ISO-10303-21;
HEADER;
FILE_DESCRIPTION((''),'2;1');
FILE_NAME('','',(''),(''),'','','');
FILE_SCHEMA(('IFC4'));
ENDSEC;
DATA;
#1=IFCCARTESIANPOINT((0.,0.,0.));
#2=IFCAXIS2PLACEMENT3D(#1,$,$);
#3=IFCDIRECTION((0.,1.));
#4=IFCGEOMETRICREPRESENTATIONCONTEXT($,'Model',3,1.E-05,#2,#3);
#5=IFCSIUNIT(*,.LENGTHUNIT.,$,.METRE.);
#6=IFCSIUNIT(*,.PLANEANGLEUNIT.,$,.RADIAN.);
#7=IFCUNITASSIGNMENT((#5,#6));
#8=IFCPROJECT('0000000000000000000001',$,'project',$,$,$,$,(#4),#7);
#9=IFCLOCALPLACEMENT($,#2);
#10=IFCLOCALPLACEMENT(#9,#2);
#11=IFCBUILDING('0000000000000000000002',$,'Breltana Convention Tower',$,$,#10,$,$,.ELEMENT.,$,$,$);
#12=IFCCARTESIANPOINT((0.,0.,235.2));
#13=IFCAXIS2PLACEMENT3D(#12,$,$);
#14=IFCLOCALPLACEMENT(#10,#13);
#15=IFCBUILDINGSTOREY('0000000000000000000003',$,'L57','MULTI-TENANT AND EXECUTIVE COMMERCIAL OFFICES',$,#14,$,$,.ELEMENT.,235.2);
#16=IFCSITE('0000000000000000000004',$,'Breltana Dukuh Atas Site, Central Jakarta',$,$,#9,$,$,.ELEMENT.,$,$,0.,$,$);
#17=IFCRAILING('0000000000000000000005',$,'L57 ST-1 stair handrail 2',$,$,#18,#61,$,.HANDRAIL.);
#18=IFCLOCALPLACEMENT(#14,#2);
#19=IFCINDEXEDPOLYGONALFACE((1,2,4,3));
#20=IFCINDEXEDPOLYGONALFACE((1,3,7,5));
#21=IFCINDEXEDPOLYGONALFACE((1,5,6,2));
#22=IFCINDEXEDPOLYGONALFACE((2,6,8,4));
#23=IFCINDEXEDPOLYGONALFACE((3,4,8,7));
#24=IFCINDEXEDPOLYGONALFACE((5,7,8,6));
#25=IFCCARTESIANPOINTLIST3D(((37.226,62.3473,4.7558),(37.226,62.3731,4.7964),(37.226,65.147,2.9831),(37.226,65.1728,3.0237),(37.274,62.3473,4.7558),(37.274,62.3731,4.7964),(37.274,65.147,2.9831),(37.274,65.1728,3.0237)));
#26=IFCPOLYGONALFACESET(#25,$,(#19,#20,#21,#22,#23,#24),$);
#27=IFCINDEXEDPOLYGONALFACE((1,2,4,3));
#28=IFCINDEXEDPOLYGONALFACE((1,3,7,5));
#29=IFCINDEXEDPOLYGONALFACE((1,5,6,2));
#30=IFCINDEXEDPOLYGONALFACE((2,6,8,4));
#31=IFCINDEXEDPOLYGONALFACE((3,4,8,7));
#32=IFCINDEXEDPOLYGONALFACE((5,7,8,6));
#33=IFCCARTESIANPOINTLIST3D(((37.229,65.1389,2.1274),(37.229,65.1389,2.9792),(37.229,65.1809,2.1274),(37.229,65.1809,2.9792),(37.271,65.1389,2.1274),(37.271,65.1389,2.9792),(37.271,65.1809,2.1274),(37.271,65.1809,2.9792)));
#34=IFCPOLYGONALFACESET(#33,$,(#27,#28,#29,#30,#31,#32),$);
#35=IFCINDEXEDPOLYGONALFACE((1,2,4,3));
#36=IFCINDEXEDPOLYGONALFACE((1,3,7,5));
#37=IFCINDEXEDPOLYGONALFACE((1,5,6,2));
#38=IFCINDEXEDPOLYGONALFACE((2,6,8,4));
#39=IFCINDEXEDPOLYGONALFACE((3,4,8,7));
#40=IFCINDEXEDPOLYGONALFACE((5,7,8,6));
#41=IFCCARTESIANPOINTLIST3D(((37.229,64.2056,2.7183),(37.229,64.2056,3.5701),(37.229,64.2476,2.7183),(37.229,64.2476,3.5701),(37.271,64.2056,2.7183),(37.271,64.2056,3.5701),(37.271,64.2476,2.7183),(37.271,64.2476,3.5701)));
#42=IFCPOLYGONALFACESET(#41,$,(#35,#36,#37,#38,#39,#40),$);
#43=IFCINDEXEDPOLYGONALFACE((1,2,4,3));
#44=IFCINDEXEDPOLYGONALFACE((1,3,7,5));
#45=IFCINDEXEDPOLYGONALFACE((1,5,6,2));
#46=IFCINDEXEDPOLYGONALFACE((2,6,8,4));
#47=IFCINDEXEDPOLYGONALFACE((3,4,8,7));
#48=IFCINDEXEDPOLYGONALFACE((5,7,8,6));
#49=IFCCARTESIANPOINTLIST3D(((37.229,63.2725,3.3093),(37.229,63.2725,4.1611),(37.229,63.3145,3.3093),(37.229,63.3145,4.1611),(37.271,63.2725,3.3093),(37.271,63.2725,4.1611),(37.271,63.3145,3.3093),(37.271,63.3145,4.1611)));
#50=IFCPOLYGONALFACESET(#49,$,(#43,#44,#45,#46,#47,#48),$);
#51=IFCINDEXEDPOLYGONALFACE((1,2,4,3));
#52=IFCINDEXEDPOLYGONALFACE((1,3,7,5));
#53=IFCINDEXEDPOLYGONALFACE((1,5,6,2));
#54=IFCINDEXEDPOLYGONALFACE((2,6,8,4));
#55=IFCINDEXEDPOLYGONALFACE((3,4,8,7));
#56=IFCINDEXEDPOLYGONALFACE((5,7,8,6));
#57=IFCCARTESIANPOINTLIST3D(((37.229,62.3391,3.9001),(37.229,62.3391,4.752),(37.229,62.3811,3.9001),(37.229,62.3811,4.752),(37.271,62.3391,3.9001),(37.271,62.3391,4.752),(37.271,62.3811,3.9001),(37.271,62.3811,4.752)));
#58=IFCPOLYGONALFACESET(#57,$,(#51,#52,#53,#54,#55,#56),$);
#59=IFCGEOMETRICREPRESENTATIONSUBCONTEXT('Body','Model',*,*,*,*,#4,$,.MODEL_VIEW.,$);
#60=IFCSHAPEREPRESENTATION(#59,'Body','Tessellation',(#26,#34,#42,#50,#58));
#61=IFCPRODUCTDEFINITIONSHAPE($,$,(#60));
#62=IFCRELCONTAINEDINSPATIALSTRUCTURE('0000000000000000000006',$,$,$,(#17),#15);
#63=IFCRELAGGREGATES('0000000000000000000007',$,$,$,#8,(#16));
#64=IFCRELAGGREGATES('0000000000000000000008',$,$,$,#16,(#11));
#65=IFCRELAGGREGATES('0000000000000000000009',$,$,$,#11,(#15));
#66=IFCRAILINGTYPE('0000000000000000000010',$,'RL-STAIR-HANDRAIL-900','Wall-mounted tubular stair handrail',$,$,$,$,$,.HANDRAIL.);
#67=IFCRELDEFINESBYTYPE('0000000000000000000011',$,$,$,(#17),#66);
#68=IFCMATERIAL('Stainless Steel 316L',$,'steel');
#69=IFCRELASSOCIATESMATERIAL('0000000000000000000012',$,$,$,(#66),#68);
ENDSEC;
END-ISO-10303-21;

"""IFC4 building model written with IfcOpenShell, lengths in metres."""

from ifc_helpers import new_model, si_unit, direction, frame, origin, origin_2d, place, context, subcontext, project, spatial, rectangle, extrude, material, type_object, element, save


model = new_model("IFC4")

# Units and contexts
model_context = context("Model", 3, precision=1e-05, world=origin(), true_north=direction((0.0, 1.0)))
body_context = subcontext(model_context, "Body", "Model", "MODEL_VIEW")
ifc_project = project(units=[si_unit("LENGTHUNIT", "METRE"), si_unit("PLANEANGLEUNIT", "RADIAN")], contexts=[model_context])

# Site, building, storey
site_placement = place(None, origin())
site = spatial("IfcSite", under=ifc_project, at=site_placement, Name="Breltana Dukuh Atas Site, Central Jakarta", CompositionType="ELEMENT", RefElevation=0.0)
building_placement = place(site_placement, origin())
building = spatial("IfcBuilding", under=site, at=building_placement, Name="Breltana Convention Tower", CompositionType="ELEMENT")
storey_placement = place(building_placement, frame((0.0, 0.0, 235.2)))
storey = spatial("IfcBuildingStorey", under=building, at=storey_placement, Name="L57", Description="MULTI-TENANT AND EXECUTIVE COMMERCIAL OFFICES", CompositionType="ELEMENT", Elevation=235.2)

# Railing
ifc_material_1 = material(Name="Stainless Steel 316L", Category="steel")
railing_type_1 = type_object("IfcRailingType", Name="RL-STAIR-HANDRAIL-900", Description="Wall-mounted tubular stair handrail", PredefinedType="HANDRAIL", material=ifc_material_1)
railing_1_placement = place(storey_placement, frame((37.25, 65.1599, 2.1274)))
element("IfcRailing", 1, at=railing_1_placement, inside=storey, type_object=railing_type_1, Name="L57 ST-1 stair handrail 2", PredefinedType="HANDRAIL", context=body_context, shape_type="SweptSolid", body=[
    extrude(rectangle(XDim=0.0481, YDim=0.0481, at=origin_2d()), frame((0.0, 0.0, 0.876), z_axis=(0.0, -0.844888, 0.534943), x_axis=(1.0, 0.0, 0.0)), (0.0, 0.0, 1.0), 3.3137),
    extrude(rectangle(XDim=0.042, YDim=0.042, at=origin_2d()), origin(), (0.0, 0.0, 1.0), 0.8518),
    extrude(rectangle(XDim=0.042, YDim=0.042, at=origin_2d()), frame((0.0, -0.9333, 0.5908)), (0.0, 0.0, 1.0), 0.8518),
    extrude(rectangle(XDim=0.042, YDim=0.042, at=origin_2d()), frame((0.0, -1.8665, 1.1819)), (0.0, 0.0, 1.0), 0.8518),
    extrude(rectangle(XDim=0.042, YDim=0.042, at=origin_2d()), frame((0.0, -2.7998, 1.7727)), (0.0, 0.0, 1.0), 0.8518),
])

save(model, "model.ifc")
